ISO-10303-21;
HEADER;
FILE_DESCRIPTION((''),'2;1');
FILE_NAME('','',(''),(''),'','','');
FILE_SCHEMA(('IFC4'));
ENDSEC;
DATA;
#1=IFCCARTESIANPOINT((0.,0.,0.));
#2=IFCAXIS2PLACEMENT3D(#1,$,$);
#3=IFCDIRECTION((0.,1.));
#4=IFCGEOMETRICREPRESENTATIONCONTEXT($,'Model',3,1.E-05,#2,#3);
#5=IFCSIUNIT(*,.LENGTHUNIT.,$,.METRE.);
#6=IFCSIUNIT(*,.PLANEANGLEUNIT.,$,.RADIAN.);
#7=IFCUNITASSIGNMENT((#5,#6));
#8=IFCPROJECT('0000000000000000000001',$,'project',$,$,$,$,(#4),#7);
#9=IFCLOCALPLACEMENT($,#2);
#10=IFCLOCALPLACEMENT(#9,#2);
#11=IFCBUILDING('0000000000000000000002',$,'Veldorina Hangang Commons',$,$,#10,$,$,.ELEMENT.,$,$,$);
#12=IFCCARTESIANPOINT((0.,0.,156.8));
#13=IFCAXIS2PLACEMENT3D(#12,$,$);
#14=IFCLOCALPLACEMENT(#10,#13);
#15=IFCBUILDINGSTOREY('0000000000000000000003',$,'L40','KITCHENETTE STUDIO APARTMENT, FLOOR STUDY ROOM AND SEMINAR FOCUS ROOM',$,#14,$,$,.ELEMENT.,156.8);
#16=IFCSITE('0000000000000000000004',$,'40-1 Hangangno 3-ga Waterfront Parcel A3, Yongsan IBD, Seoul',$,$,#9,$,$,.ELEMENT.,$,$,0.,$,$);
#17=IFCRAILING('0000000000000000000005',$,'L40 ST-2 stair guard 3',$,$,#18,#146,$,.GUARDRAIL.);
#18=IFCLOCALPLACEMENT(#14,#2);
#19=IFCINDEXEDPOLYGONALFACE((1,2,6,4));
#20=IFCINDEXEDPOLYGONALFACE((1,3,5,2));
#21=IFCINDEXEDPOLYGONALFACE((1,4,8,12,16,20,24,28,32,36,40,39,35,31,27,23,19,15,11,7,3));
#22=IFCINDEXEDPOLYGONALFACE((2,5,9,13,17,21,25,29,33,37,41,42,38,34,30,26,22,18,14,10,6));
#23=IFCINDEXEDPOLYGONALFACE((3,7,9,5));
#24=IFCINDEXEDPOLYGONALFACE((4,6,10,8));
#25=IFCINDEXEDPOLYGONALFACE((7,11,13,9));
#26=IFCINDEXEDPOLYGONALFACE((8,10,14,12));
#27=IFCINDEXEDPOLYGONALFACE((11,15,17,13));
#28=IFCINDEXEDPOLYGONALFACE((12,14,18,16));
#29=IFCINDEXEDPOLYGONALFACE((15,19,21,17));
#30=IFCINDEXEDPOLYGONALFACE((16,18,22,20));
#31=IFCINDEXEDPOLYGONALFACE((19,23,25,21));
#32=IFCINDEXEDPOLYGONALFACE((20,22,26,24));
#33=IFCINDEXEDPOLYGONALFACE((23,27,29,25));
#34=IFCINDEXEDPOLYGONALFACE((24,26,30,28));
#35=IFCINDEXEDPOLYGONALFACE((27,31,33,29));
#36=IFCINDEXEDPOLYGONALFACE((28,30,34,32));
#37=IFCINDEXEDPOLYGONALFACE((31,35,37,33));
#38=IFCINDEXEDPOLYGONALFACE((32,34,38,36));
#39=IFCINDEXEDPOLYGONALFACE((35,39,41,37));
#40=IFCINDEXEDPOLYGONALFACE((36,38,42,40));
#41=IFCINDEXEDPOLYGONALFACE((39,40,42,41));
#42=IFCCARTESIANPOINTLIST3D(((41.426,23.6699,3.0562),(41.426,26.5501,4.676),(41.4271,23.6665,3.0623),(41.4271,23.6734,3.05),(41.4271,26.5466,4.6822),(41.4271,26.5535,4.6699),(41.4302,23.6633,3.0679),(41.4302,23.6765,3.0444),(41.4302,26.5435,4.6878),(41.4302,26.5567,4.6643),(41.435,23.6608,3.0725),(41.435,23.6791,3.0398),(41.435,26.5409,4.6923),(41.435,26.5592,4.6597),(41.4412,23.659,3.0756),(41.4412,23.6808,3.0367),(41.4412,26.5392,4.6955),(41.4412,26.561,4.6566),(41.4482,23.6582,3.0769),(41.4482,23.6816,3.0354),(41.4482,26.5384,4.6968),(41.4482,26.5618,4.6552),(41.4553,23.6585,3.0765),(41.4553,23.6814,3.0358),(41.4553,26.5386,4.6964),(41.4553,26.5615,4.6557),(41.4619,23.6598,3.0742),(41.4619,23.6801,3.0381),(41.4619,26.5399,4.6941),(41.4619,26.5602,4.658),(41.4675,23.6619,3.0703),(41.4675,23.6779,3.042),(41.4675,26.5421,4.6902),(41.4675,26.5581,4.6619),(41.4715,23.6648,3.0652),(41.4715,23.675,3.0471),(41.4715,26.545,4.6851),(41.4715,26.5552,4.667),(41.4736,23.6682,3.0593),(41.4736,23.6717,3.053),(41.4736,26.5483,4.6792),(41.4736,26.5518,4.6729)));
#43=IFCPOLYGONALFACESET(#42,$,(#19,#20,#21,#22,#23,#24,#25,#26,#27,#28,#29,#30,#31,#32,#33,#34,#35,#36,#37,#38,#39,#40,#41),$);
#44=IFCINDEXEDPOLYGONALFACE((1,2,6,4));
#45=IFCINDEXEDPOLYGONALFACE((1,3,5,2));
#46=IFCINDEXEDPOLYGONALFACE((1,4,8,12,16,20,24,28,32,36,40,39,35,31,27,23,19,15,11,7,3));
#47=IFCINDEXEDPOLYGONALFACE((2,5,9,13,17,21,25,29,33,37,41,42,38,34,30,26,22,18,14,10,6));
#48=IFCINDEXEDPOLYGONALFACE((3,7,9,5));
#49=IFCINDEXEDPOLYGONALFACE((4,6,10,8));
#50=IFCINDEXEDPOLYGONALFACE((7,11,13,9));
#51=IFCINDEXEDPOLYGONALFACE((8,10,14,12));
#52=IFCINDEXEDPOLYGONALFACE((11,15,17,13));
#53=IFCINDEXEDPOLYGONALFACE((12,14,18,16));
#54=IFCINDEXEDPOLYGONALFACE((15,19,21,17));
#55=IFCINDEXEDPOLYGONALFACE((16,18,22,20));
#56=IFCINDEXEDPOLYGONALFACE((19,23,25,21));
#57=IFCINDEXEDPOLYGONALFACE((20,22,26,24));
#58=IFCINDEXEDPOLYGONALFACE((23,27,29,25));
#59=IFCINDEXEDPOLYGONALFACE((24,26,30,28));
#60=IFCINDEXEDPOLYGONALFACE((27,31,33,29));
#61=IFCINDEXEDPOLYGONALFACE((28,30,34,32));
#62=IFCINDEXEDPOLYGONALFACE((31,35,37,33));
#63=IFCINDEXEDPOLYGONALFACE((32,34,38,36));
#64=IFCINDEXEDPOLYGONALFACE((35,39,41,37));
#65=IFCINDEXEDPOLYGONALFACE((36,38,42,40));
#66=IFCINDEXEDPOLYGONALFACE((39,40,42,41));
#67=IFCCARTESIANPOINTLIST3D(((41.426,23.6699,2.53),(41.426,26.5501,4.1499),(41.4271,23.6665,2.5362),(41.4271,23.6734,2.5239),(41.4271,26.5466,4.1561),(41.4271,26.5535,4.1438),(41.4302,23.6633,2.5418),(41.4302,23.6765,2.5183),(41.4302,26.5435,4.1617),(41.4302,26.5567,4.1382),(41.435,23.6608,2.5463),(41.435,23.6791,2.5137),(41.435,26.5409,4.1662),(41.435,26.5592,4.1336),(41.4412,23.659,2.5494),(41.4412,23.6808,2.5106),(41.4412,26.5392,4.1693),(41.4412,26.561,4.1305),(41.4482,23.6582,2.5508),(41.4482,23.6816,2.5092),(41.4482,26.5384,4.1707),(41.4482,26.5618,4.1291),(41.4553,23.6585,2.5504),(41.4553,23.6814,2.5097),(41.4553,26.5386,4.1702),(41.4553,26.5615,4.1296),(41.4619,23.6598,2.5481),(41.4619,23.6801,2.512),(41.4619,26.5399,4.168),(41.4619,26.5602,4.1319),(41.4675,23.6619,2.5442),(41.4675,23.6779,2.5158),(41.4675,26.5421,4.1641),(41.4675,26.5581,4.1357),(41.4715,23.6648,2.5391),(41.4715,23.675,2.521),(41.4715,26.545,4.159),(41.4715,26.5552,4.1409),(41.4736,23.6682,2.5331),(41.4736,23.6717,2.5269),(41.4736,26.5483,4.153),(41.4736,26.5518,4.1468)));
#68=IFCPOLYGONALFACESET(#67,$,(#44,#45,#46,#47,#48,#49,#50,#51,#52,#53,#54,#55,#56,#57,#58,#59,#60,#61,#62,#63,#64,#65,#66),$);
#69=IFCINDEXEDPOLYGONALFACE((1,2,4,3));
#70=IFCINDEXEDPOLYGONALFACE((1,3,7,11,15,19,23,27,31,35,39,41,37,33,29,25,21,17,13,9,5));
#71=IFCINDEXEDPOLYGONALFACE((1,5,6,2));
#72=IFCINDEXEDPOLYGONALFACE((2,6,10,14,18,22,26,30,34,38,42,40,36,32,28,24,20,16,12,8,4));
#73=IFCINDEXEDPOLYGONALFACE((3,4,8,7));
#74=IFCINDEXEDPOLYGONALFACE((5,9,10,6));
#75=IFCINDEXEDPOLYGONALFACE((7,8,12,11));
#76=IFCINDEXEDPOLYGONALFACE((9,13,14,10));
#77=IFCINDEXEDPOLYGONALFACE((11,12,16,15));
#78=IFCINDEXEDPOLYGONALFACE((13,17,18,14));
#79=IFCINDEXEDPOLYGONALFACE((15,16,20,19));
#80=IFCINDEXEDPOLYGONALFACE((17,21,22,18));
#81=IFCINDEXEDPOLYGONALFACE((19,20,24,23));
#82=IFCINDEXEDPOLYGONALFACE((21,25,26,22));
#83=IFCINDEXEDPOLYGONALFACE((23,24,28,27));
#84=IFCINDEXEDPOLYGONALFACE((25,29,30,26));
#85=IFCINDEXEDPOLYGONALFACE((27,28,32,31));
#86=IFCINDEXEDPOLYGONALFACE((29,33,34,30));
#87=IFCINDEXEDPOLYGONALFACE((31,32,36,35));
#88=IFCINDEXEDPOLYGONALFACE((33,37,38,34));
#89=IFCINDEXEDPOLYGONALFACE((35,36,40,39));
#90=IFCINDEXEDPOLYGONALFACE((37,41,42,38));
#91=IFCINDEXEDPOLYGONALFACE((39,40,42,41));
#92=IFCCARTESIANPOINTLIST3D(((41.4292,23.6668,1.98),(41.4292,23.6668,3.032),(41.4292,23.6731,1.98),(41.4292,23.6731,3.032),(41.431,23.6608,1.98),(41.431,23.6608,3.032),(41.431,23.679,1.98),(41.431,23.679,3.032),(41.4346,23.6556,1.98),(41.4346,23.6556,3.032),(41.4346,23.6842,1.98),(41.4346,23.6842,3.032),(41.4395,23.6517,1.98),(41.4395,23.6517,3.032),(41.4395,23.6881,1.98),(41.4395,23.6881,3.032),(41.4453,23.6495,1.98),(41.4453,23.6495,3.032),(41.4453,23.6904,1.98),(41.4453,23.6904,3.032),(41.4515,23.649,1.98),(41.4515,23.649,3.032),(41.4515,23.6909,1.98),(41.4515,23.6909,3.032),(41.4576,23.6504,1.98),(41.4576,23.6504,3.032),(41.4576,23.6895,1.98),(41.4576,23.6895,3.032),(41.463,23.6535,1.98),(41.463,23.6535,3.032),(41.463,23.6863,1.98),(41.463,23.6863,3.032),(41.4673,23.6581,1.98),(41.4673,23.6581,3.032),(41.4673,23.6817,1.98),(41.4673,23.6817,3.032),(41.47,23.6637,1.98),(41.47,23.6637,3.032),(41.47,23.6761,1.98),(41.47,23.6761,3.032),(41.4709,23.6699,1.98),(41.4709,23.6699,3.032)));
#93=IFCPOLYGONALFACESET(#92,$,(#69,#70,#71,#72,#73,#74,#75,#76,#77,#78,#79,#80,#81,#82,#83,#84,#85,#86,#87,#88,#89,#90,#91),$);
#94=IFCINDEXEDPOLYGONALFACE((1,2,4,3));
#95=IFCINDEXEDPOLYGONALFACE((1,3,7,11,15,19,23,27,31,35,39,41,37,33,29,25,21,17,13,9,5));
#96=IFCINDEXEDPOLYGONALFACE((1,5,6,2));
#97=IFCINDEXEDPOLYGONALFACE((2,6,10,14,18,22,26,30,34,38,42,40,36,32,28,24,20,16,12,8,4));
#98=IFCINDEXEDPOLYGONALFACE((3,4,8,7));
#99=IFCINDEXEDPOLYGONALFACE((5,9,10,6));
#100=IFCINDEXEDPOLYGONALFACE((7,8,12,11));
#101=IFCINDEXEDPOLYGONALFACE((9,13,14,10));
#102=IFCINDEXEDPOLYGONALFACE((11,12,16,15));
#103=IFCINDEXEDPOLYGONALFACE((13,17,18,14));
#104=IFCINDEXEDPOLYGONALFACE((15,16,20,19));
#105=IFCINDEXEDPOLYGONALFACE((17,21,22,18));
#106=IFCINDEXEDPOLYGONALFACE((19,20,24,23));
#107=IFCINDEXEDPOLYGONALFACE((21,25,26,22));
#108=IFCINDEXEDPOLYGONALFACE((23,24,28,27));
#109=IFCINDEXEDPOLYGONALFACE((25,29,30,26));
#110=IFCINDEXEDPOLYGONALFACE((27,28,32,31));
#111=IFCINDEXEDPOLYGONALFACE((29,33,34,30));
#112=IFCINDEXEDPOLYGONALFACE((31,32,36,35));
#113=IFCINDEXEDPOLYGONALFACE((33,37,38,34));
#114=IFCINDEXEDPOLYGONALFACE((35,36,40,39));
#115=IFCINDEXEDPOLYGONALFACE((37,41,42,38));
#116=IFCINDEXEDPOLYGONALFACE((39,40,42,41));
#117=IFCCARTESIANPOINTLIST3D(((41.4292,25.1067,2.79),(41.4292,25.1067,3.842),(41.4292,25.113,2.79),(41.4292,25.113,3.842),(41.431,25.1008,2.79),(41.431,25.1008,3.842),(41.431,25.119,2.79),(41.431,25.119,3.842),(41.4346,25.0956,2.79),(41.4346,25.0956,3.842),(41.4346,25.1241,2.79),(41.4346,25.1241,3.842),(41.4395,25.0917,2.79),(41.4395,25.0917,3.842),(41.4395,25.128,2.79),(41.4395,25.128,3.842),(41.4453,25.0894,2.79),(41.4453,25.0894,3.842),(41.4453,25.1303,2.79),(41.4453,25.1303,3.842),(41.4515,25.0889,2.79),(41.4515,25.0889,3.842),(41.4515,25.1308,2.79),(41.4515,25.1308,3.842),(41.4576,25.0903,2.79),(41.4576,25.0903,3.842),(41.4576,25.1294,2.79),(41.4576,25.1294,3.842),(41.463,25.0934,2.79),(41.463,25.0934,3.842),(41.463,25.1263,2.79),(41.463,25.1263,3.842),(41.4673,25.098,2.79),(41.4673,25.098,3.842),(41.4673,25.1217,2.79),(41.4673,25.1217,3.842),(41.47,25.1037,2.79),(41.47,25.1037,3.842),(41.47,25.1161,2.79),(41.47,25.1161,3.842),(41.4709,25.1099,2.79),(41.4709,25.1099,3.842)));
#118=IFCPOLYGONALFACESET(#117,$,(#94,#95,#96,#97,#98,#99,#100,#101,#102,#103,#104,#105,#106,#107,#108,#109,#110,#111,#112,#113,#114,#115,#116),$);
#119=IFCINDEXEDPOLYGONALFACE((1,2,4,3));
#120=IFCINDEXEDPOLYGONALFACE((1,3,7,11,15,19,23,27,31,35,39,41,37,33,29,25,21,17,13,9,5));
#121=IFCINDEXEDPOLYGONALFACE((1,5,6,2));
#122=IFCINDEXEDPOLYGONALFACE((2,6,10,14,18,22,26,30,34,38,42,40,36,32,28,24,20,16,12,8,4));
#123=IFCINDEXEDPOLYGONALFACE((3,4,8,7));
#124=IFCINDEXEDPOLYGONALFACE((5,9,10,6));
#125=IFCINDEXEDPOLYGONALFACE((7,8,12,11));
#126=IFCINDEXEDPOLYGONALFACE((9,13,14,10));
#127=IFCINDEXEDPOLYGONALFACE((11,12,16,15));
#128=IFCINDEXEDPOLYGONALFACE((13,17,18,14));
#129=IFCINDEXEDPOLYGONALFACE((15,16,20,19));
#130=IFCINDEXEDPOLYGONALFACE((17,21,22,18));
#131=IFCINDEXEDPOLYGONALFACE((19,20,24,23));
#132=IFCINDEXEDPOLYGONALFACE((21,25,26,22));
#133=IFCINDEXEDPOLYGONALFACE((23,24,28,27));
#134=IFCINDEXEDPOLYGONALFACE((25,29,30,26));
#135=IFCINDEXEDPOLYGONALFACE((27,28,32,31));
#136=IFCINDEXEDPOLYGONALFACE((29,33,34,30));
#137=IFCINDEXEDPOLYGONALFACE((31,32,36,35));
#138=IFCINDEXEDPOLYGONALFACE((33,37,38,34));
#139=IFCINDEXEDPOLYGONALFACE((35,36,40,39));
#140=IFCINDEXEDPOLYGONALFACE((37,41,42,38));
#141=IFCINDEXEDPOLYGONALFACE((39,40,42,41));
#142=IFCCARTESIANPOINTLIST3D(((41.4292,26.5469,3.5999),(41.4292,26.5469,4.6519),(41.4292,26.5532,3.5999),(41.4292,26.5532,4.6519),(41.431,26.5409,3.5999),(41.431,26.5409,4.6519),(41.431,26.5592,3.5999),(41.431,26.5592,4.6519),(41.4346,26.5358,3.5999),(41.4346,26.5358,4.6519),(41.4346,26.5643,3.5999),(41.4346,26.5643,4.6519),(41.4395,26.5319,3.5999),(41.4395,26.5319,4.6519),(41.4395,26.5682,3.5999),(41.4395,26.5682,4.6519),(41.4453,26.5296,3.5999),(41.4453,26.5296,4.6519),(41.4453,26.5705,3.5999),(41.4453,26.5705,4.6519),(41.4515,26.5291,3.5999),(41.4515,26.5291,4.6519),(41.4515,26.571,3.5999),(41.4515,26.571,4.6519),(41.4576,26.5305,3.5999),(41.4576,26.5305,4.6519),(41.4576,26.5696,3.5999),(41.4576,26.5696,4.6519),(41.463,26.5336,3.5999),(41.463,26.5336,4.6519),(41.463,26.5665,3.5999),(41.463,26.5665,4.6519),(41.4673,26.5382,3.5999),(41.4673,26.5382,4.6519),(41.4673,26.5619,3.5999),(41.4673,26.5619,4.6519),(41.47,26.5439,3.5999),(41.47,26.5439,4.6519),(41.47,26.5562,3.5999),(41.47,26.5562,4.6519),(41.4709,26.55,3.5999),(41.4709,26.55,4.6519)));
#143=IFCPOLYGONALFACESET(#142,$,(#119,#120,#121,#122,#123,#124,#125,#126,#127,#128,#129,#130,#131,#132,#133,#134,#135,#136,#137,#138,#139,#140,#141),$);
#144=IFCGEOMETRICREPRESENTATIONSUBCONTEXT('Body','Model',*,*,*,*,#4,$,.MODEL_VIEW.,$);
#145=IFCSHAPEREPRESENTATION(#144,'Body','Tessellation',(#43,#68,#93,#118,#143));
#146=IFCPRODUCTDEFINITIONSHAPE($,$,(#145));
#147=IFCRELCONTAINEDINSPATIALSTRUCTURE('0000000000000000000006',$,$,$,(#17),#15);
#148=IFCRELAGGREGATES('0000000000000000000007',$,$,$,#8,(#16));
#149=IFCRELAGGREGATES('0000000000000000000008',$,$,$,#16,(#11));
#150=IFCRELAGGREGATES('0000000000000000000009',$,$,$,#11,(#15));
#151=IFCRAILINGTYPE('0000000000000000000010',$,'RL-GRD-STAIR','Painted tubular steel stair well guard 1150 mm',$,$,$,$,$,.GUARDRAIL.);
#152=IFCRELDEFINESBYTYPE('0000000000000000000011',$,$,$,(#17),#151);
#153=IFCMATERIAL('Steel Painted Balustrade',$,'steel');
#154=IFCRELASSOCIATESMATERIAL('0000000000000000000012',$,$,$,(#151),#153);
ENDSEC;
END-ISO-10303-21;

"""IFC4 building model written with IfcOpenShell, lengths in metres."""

from ifc_helpers import new_model, si_unit, direction, frame, origin, origin_2d, place, context, subcontext, project, spatial, circle, extrude, material, type_object, element, save


model = new_model("IFC4")

# Units and contexts
model_context = context("Model", 3, precision=1e-05, world=origin(), true_north=direction((0.0, 1.0)))
body_context = subcontext(model_context, "Body", "Model", "MODEL_VIEW")
ifc_project = project(units=[si_unit("LENGTHUNIT", "METRE"), si_unit("PLANEANGLEUNIT", "RADIAN")], contexts=[model_context])

# Site, building, storey
site_placement = place(None, origin())
site = spatial("IfcSite", under=ifc_project, at=site_placement, Name="40-1 Hangangno 3-ga Waterfront Parcel A3, Yongsan IBD, Seoul", CompositionType="ELEMENT", RefElevation=0.0)
building_placement = place(site_placement, origin())
building = spatial("IfcBuilding", under=site, at=building_placement, Name="Veldorina Hangang Commons", CompositionType="ELEMENT")
storey_placement = place(building_placement, frame((0.0, 0.0, 156.8)))
storey = spatial("IfcBuildingStorey", under=building, at=storey_placement, Name="L40", Description="KITCHENETTE STUDIO APARTMENT, FLOOR STUDY ROOM AND SEMINAR FOCUS ROOM", CompositionType="ELEMENT", Elevation=156.8)

# Railing
ifc_material_1 = material(Name="Steel Painted Balustrade", Category="steel")
railing_type_1 = type_object("IfcRailingType", Name="RL-GRD-STAIR", Description="Painted tubular steel stair well guard 1150 mm", PredefinedType="GUARDRAIL", material=ifc_material_1)
railing_1_placement = place(storey_placement, frame((41.45, 23.6699, 1.98)))
element("IfcRailing", 1, at=railing_1_placement, inside=storey, type_object=railing_type_1, Name="L40 ST-2 stair guard 3", PredefinedType="GUARDRAIL", context=body_context, shape_type="SweptSolid", body=[
    extrude(circle(Radius=0.0239, at=origin_2d()), frame((0.0, 0.0, 1.0762), z_axis=(0.0, 0.871601, 0.490216), x_axis=(-1.0, 0.0, 0.0)), (0.0, 0.0, 1.0), 3.3044),
    extrude(circle(Radius=0.0239, at=origin_2d()), frame((0.0, 0.0, 0.55), z_axis=(0.0, 0.871601, 0.490216), x_axis=(-1.0, 0.0, 0.0)), (0.0, 0.0, 1.0), 3.3044),
    extrude(circle(Radius=0.021, at=origin_2d()), origin(), (0.0, 0.0, 1.0), 1.052),
    extrude(circle(Radius=0.021, at=origin_2d()), frame((0.0, 1.4399, 0.8101)), (0.0, 0.0, 1.0), 1.052),
    extrude(circle(Radius=0.021, at=origin_2d()), frame((0.0, 2.8801, 1.6199)), (0.0, 0.0, 1.0), 1.052),
])

save(model, "model.ifc")
